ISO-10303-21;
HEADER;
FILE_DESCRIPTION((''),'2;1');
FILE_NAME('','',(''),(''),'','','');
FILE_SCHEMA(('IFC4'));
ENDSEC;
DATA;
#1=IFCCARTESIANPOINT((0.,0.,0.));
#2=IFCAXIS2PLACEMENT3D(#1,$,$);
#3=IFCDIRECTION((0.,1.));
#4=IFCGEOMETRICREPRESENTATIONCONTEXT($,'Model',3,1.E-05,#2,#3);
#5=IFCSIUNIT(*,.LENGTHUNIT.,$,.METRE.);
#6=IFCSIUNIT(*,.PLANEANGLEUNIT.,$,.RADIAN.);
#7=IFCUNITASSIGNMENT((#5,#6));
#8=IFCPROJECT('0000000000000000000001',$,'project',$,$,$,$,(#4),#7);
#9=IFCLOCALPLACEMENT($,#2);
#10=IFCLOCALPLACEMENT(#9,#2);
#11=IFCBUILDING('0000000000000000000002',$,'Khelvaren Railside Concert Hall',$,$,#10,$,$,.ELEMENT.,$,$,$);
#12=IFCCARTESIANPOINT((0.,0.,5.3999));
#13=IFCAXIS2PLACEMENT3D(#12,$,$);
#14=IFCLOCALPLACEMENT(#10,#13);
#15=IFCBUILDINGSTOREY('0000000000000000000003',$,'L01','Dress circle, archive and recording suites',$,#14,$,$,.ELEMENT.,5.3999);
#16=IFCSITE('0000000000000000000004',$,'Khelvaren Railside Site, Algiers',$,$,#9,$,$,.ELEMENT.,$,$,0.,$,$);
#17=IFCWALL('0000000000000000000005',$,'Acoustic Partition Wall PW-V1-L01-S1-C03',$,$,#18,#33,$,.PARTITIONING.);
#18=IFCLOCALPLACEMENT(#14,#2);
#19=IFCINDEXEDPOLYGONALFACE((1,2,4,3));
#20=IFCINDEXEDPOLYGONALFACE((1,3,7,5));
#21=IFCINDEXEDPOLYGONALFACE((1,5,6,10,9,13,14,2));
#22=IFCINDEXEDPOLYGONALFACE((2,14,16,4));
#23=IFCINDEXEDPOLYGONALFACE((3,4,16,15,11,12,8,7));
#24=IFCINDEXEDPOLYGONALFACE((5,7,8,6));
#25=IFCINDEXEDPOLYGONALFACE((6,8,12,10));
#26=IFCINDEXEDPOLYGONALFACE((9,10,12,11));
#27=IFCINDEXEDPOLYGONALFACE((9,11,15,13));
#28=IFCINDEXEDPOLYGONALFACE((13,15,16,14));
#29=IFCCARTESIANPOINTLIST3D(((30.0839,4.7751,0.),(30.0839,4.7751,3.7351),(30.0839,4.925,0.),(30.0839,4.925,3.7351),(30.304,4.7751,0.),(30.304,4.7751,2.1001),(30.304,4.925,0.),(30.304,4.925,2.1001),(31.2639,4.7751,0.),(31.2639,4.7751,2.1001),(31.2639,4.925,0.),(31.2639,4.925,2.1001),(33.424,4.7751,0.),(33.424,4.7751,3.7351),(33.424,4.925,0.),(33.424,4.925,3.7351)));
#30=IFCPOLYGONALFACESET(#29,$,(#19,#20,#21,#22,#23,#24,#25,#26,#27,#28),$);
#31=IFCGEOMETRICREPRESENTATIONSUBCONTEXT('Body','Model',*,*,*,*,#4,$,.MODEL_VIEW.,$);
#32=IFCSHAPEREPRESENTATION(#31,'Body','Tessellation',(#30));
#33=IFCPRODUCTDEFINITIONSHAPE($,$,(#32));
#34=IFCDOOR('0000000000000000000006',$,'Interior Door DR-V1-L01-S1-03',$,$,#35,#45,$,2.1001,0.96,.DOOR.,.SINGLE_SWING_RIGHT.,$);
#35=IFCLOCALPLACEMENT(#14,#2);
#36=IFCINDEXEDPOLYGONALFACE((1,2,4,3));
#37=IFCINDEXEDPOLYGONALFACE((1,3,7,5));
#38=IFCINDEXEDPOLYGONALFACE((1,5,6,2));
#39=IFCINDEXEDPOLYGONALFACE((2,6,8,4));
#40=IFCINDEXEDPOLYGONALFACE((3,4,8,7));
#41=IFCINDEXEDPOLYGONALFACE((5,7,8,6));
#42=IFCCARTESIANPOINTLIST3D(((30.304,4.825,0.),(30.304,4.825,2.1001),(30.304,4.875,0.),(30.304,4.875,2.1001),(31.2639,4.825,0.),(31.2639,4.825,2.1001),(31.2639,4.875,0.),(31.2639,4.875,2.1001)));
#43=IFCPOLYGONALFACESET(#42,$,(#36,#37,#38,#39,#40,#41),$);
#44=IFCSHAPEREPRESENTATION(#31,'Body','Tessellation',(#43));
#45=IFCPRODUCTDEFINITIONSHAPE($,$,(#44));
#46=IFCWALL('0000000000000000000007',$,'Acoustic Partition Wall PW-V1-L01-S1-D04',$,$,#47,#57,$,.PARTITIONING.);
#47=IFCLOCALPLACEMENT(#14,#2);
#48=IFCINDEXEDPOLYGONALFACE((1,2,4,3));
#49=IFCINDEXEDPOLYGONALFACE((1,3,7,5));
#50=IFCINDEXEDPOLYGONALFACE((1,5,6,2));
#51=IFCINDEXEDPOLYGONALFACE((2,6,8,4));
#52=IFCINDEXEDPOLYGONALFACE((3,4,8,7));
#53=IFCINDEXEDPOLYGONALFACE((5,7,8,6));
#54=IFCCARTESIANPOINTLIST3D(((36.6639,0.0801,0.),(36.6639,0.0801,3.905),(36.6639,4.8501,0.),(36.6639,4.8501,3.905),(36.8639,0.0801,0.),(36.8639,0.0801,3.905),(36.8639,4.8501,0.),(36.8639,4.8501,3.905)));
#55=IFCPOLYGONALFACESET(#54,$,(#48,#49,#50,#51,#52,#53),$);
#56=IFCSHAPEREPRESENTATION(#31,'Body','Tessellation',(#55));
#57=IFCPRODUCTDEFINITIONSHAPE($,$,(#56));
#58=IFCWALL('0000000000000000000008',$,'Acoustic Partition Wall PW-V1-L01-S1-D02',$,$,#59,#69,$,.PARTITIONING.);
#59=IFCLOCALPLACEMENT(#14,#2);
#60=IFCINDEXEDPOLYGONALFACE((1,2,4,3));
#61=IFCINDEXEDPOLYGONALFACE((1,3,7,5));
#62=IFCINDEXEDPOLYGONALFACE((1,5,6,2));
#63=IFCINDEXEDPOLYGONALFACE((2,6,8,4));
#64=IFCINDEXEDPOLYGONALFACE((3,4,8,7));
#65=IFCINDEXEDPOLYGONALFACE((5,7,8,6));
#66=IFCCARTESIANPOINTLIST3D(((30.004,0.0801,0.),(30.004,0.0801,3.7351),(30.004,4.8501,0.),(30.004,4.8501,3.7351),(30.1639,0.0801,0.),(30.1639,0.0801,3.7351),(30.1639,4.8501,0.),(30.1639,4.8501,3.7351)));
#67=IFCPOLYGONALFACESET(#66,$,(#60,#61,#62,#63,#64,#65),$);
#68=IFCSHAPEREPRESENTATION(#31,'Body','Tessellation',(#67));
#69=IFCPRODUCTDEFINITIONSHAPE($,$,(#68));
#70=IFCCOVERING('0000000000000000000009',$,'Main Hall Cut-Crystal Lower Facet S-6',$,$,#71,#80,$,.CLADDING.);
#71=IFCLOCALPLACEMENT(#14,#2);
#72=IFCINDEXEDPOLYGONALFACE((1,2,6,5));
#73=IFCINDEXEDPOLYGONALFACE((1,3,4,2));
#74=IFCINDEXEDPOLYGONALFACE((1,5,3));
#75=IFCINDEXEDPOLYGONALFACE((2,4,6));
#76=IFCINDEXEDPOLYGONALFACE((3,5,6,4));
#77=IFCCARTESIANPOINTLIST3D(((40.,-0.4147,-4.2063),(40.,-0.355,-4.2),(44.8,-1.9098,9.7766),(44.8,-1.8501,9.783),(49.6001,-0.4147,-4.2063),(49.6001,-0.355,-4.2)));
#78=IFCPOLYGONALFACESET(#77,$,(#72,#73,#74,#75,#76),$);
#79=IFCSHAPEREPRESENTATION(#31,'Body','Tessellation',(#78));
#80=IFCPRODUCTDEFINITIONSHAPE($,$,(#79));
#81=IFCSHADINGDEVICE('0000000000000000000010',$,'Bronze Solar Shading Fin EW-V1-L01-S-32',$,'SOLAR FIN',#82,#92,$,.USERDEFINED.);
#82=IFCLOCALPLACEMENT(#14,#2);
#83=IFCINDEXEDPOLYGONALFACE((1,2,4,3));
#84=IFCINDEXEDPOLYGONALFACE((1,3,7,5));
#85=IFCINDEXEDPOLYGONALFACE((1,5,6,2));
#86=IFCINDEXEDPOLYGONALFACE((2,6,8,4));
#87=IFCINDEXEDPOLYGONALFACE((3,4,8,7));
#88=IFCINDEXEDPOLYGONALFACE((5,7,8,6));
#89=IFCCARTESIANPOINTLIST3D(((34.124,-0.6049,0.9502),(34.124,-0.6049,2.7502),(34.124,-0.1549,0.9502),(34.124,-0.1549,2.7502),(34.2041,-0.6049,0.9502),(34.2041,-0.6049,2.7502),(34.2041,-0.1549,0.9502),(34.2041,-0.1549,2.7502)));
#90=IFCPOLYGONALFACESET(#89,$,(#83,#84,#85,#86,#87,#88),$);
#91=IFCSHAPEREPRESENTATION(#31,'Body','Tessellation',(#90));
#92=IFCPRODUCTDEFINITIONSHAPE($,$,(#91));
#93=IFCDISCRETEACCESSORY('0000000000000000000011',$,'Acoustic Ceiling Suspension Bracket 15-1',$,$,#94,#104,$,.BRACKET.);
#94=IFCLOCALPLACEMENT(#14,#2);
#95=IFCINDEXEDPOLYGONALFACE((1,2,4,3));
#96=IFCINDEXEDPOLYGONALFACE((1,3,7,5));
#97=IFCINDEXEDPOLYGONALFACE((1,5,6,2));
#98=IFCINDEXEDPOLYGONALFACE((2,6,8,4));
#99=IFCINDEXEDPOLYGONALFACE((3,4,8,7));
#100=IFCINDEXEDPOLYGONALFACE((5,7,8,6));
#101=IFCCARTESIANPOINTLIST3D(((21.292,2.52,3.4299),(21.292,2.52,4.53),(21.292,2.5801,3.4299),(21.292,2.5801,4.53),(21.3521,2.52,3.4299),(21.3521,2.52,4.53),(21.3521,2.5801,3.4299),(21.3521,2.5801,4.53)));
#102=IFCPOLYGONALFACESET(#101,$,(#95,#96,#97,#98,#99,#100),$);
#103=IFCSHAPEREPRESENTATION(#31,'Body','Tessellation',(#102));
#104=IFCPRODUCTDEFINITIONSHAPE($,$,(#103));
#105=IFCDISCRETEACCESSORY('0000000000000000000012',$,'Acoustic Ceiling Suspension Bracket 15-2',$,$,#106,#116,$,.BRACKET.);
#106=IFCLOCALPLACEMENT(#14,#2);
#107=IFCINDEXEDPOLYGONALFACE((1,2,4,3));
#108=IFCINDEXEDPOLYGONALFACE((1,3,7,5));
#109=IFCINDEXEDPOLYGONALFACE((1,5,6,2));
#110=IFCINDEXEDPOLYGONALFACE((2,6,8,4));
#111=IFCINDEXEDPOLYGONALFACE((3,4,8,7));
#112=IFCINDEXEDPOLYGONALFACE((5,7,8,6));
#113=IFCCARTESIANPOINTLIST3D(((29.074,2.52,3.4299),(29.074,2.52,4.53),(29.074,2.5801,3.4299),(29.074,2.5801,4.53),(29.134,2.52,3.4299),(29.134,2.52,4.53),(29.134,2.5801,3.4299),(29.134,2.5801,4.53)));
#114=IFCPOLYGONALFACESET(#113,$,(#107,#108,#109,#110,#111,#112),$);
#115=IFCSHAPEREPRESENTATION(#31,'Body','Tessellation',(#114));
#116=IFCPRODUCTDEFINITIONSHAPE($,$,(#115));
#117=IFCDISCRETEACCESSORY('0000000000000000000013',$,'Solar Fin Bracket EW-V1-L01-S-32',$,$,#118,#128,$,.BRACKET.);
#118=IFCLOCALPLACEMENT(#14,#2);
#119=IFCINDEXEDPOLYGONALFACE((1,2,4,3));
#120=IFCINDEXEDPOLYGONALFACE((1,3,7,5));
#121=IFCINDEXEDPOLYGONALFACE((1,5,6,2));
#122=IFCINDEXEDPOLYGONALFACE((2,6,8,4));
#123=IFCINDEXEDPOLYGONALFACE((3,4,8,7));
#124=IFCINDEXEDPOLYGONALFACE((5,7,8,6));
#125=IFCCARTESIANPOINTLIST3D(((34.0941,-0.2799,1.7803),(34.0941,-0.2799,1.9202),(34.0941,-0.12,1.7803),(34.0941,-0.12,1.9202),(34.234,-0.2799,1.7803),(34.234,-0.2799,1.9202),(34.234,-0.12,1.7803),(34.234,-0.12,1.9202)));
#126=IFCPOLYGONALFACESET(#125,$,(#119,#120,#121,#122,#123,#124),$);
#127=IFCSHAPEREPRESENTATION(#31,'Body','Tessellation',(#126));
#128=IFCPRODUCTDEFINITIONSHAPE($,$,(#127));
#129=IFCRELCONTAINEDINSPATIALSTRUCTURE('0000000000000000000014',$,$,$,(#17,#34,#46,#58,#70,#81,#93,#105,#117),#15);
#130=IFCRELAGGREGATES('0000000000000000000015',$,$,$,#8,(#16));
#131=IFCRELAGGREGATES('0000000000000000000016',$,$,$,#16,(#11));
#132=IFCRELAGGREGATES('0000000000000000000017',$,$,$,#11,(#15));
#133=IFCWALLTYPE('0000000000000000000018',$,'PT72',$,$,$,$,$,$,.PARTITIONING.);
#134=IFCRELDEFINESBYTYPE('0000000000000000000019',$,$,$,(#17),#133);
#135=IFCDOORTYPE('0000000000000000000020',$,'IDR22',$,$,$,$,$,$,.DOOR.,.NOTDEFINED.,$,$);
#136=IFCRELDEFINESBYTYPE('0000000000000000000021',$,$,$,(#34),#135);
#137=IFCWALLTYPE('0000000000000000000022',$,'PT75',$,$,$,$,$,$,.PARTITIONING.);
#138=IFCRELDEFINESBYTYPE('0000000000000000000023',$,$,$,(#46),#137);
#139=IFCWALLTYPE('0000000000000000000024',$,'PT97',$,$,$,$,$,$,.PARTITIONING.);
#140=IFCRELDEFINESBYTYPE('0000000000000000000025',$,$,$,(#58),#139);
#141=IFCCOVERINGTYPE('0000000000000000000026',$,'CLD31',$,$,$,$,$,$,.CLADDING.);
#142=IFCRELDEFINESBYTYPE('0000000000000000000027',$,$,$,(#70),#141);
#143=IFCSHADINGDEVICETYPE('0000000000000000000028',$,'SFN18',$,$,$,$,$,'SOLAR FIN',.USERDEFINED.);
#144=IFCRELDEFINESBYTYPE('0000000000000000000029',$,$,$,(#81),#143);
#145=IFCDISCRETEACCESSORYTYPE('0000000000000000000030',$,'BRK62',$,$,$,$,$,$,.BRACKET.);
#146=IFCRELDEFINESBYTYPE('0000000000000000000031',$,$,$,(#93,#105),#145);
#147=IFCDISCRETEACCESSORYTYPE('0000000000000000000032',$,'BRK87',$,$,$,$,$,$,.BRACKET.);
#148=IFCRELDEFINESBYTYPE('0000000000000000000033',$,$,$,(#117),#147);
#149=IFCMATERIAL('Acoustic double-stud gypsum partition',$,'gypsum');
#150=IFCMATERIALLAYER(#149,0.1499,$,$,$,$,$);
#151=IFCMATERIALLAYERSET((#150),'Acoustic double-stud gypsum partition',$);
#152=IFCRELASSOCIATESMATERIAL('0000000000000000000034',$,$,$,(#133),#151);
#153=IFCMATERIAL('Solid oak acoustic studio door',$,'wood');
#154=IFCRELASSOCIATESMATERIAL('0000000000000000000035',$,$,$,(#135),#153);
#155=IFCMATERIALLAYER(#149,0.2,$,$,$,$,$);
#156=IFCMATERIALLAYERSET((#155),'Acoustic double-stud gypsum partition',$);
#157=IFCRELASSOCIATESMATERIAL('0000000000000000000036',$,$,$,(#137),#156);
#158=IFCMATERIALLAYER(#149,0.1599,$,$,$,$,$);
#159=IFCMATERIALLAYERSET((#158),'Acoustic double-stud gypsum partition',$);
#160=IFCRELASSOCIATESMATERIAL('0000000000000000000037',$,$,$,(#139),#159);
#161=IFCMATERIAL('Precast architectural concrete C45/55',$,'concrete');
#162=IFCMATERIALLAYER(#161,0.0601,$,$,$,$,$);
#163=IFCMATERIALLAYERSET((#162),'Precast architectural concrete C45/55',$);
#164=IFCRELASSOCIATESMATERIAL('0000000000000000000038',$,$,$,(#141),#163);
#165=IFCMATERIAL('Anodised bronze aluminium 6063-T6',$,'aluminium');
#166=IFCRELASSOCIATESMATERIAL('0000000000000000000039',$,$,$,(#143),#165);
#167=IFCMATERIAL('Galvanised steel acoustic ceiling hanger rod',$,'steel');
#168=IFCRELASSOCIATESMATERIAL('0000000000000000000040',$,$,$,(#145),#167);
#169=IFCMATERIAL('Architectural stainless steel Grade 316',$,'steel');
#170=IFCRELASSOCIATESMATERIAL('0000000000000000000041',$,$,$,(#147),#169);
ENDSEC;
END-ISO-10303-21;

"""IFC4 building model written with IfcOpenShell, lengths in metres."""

from ifc_helpers import new_model, si_unit, direction, frame, frame_2d, origin, origin_2d, place, context, subcontext, project, spatial, polyline, rectangle, outline, extrude, material, layer, layer_set, type_object, element, fill, save


model = new_model("IFC4")

# Units and contexts
model_context = context("Model", 3, precision=1e-05, world=origin(), true_north=direction((0.0, 1.0)))
body_context = subcontext(model_context, "Body", "Model", "MODEL_VIEW")
ifc_project = project(units=[si_unit("LENGTHUNIT", "METRE"), si_unit("PLANEANGLEUNIT", "RADIAN")], contexts=[model_context])

# Site, building, storey
site_placement = place(None, origin())
site = spatial("IfcSite", under=ifc_project, at=site_placement, Name="Khelvaren Railside Site, Algiers", CompositionType="ELEMENT", RefElevation=0.0)
building_placement = place(site_placement, origin())
building = spatial("IfcBuilding", under=site, at=building_placement, Name="Khelvaren Railside Concert Hall", CompositionType="ELEMENT")
storey_placement = place(building_placement, frame((0.0, 0.0, 5.3999)))
storey = spatial("IfcBuildingStorey", under=building, at=storey_placement, Name="L01", Description="Dress circle, archive and recording suites", CompositionType="ELEMENT", Elevation=5.3999)

# Shared definitions
ifc_material_1 = material(Name="Acoustic double-stud gypsum partition", Category="gypsum")

# Wall, opening, door
ifc_layer_1 = layer(ifc_material_1, 0.1499)
ifc_layer_set_1 = layer_set([ifc_layer_1], Name="Acoustic double-stud gypsum partition")
wall_type_1 = type_object("IfcWallType", Name="PT72", PredefinedType="PARTITIONING", material=ifc_layer_set_1)
ifc_material_2 = material(Name="Solid oak acoustic studio door", Category="wood")
wall_1_placement = place(storey_placement, frame((30.084, 4.8501, 0.0), z_axis=(0.0, 0.0, 1.0), x_axis=(1.0, 0.0, 0.0)))
wall_1 = element("IfcWall", 1, at=wall_1_placement, inside=storey, type_object=wall_type_1, Name="Acoustic Partition Wall PW-V1-L01-S1-C03", PredefinedType="PARTITIONING", context=body_context, shape_type="SweptSolid", body=[
    extrude(rectangle(XDim=3.3401, YDim=0.1499, at=frame_2d((1.6699, 0.0))), origin(), (0.0, 0.0, 1.0), 3.7351),
])
opening_1_placement = place(wall_1_placement, frame((0.22, 0.0, 0.0)))
opening_1 = element("IfcOpeningElement", 2, at=opening_1_placement, cuts=wall_1, PredefinedType="OPENING", context=body_context, shape_type="SweptSolid", body=[
    extrude(rectangle(XDim=0.96, YDim=2.1001, at=frame_2d((0.48, 1.05))), frame((0.0, 0.085, 0.0), z_axis=(0.0, -1.0, 0.0), x_axis=(1.0, 0.0, 0.0)), (0.0, 0.0, 1.0), 0.1699),
])
door_type_1 = type_object("IfcDoorType", Name="IDR22", OperationType="NOTDEFINED", PredefinedType="DOOR", material=ifc_material_2)
door_1_placement = place(opening_1_placement, origin())
door_1 = element("IfcDoor", 3, at=door_1_placement, inside=storey, type_object=door_type_1, Name="Interior Door DR-V1-L01-S1-03", OperationType="SINGLE_SWING_RIGHT", OverallHeight=2.1001, OverallWidth=0.96, PredefinedType="DOOR", context=body_context, shape_type="SweptSolid", body=[
    extrude(rectangle(XDim=0.96, YDim=2.1001, at=frame_2d((0.48, 1.05))), frame((0.0, 0.0249, 0.0), z_axis=(0.0, -1.0, 0.0), x_axis=(1.0, 0.0, 0.0)), (0.0, 0.0, 1.0), 0.05),
])
fill(opening_1, door_1)

# Walls
ifc_layer_2 = layer(ifc_material_1, 0.2)
ifc_layer_set_2 = layer_set([ifc_layer_2], Name="Acoustic double-stud gypsum partition")
wall_type_2 = type_object("IfcWallType", Name="PT75", PredefinedType="PARTITIONING", material=ifc_layer_set_2)
wall_2_placement = place(storey_placement, frame((36.7639, 0.0801, 0.0), z_axis=(0.0, 0.0, 1.0), x_axis=(0.0, 1.0, 0.0)))
element("IfcWall", 4, at=wall_2_placement, inside=storey, type_object=wall_type_2, Name="Acoustic Partition Wall PW-V1-L01-S1-D04", PredefinedType="PARTITIONING", context=body_context, shape_type="SweptSolid", body=[
    extrude(rectangle(XDim=4.77, YDim=0.2, at=frame_2d((2.385, 0.0))), origin(), (0.0, 0.0, 1.0), 3.905),
])
ifc_layer_3 = layer(ifc_material_1, 0.1599)
ifc_layer_set_3 = layer_set([ifc_layer_3], Name="Acoustic double-stud gypsum partition")
wall_type_3 = type_object("IfcWallType", Name="PT97", PredefinedType="PARTITIONING", material=ifc_layer_set_3)
wall_3_placement = place(storey_placement, frame((30.084, 0.0801, 0.0), z_axis=(0.0, 0.0, 1.0), x_axis=(0.0, 1.0, 0.0)))
element("IfcWall", 5, at=wall_3_placement, inside=storey, type_object=wall_type_3, Name="Acoustic Partition Wall PW-V1-L01-S1-D02", PredefinedType="PARTITIONING", context=body_context, shape_type="SweptSolid", body=[
    extrude(rectangle(XDim=4.77, YDim=0.1599, at=frame_2d((2.385, 0.0))), origin(), (0.0, 0.0, 1.0), 3.7351),
])

# Covering
ifc_material_3 = material(Name="Precast architectural concrete C45/55", Category="concrete")
ifc_layer_4 = layer(ifc_material_3, 0.0601)
ifc_layer_set_4 = layer_set([ifc_layer_4], Name="Precast architectural concrete C45/55")
covering_type = type_object("IfcCoveringType", Name="CLD31", PredefinedType="CLADDING", material=ifc_layer_set_4)
covering_placement = place(storey_placement, frame((40.0, -0.355, -4.2), z_axis=(0.0, 0.994332, 0.106319), x_axis=(1.0, 0.0, 0.0)))
element("IfcCovering", 6, at=covering_placement, inside=storey, type_object=covering_type, Name="Main Hall Cut-Crystal Lower Facet S-6", PredefinedType="CLADDING", context=body_context, shape_type="SweptSolid", body=[
    extrude(outline(polyline([(0.0, 0.0), (9.6001, 0.0), (4.8, -14.0626), (0.0, 0.0)])), origin(), (0.0, 0.0, -1.0), 0.0601),
])

# Shading device
ifc_material_4 = material(Name="Anodised bronze aluminium 6063-T6", Category="aluminium")
shading_device_type = type_object("IfcShadingDeviceType", Name="SFN18", ElementType="SOLAR FIN", PredefinedType="USERDEFINED", material=ifc_material_4)
shading_device_placement = place(storey_placement, frame((34.1641, -0.3799, 0.9502), z_axis=(0.0, 0.0, 1.0), x_axis=(-1.0, 0.0, 0.0)))
element("IfcShadingDevice", 7, at=shading_device_placement, inside=storey, type_object=shading_device_type, Name="Bronze Solar Shading Fin EW-V1-L01-S-32", ObjectType="SOLAR FIN", PredefinedType="USERDEFINED", context=body_context, shape_type="SweptSolid", body=[
    extrude(rectangle(XDim=0.0801, YDim=0.45, at=origin_2d()), origin(), (0.0, 0.0, 1.0), 1.8),
])

# Discrete accessories
ifc_material_5 = material(Name="Galvanised steel acoustic ceiling hanger rod", Category="steel")
discrete_accessory_type_1 = type_object("IfcDiscreteAccessoryType", Name="BRK62", PredefinedType="BRACKET", material=ifc_material_5)
for number, where, z_axis, x_axis, name in (
    (8, (21.322, 2.55, 3.4299), (0.0, 0.0, 1.0), (1.0, 0.0, 0.0), "Acoustic Ceiling Suspension Bracket 15-1"),
    (9, (29.104, 2.55, 3.4299), (0.0, 0.0, 1.0), (1.0, 0.0, 0.0), "Acoustic Ceiling Suspension Bracket 15-2"),
):
    element("IfcDiscreteAccessory", number, at=place(storey_placement, frame(where, z_axis=z_axis, x_axis=x_axis)), inside=storey, type_object=discrete_accessory_type_1, Name=name, PredefinedType="BRACKET", context=body_context, shape_type="SweptSolid", body=[
        extrude(rectangle(XDim=0.0601, YDim=0.0601, at=origin_2d()), origin(), (0.0, 0.0, 1.0), 1.1001),
    ])
ifc_material_6 = material(Name="Architectural stainless steel Grade 316", Category="steel")
discrete_accessory_type_2 = type_object("IfcDiscreteAccessoryType", Name="BRK87", PredefinedType="BRACKET", material=ifc_material_6)
discrete_accessory_placement = place(storey_placement, frame((34.1641, -0.2, 1.7803), z_axis=(0.0, 0.0, 1.0), x_axis=(-1.0, 0.0, 0.0)))
element("IfcDiscreteAccessory", 10, at=discrete_accessory_placement, inside=storey, type_object=discrete_accessory_type_2, Name="Solar Fin Bracket EW-V1-L01-S-32", PredefinedType="BRACKET", context=body_context, shape_type="SweptSolid", body=[
    extrude(rectangle(XDim=0.1399, YDim=0.1599, at=origin_2d()), origin(), (0.0, 0.0, 1.0), 0.1399),
])

save(model, "model.ifc")
